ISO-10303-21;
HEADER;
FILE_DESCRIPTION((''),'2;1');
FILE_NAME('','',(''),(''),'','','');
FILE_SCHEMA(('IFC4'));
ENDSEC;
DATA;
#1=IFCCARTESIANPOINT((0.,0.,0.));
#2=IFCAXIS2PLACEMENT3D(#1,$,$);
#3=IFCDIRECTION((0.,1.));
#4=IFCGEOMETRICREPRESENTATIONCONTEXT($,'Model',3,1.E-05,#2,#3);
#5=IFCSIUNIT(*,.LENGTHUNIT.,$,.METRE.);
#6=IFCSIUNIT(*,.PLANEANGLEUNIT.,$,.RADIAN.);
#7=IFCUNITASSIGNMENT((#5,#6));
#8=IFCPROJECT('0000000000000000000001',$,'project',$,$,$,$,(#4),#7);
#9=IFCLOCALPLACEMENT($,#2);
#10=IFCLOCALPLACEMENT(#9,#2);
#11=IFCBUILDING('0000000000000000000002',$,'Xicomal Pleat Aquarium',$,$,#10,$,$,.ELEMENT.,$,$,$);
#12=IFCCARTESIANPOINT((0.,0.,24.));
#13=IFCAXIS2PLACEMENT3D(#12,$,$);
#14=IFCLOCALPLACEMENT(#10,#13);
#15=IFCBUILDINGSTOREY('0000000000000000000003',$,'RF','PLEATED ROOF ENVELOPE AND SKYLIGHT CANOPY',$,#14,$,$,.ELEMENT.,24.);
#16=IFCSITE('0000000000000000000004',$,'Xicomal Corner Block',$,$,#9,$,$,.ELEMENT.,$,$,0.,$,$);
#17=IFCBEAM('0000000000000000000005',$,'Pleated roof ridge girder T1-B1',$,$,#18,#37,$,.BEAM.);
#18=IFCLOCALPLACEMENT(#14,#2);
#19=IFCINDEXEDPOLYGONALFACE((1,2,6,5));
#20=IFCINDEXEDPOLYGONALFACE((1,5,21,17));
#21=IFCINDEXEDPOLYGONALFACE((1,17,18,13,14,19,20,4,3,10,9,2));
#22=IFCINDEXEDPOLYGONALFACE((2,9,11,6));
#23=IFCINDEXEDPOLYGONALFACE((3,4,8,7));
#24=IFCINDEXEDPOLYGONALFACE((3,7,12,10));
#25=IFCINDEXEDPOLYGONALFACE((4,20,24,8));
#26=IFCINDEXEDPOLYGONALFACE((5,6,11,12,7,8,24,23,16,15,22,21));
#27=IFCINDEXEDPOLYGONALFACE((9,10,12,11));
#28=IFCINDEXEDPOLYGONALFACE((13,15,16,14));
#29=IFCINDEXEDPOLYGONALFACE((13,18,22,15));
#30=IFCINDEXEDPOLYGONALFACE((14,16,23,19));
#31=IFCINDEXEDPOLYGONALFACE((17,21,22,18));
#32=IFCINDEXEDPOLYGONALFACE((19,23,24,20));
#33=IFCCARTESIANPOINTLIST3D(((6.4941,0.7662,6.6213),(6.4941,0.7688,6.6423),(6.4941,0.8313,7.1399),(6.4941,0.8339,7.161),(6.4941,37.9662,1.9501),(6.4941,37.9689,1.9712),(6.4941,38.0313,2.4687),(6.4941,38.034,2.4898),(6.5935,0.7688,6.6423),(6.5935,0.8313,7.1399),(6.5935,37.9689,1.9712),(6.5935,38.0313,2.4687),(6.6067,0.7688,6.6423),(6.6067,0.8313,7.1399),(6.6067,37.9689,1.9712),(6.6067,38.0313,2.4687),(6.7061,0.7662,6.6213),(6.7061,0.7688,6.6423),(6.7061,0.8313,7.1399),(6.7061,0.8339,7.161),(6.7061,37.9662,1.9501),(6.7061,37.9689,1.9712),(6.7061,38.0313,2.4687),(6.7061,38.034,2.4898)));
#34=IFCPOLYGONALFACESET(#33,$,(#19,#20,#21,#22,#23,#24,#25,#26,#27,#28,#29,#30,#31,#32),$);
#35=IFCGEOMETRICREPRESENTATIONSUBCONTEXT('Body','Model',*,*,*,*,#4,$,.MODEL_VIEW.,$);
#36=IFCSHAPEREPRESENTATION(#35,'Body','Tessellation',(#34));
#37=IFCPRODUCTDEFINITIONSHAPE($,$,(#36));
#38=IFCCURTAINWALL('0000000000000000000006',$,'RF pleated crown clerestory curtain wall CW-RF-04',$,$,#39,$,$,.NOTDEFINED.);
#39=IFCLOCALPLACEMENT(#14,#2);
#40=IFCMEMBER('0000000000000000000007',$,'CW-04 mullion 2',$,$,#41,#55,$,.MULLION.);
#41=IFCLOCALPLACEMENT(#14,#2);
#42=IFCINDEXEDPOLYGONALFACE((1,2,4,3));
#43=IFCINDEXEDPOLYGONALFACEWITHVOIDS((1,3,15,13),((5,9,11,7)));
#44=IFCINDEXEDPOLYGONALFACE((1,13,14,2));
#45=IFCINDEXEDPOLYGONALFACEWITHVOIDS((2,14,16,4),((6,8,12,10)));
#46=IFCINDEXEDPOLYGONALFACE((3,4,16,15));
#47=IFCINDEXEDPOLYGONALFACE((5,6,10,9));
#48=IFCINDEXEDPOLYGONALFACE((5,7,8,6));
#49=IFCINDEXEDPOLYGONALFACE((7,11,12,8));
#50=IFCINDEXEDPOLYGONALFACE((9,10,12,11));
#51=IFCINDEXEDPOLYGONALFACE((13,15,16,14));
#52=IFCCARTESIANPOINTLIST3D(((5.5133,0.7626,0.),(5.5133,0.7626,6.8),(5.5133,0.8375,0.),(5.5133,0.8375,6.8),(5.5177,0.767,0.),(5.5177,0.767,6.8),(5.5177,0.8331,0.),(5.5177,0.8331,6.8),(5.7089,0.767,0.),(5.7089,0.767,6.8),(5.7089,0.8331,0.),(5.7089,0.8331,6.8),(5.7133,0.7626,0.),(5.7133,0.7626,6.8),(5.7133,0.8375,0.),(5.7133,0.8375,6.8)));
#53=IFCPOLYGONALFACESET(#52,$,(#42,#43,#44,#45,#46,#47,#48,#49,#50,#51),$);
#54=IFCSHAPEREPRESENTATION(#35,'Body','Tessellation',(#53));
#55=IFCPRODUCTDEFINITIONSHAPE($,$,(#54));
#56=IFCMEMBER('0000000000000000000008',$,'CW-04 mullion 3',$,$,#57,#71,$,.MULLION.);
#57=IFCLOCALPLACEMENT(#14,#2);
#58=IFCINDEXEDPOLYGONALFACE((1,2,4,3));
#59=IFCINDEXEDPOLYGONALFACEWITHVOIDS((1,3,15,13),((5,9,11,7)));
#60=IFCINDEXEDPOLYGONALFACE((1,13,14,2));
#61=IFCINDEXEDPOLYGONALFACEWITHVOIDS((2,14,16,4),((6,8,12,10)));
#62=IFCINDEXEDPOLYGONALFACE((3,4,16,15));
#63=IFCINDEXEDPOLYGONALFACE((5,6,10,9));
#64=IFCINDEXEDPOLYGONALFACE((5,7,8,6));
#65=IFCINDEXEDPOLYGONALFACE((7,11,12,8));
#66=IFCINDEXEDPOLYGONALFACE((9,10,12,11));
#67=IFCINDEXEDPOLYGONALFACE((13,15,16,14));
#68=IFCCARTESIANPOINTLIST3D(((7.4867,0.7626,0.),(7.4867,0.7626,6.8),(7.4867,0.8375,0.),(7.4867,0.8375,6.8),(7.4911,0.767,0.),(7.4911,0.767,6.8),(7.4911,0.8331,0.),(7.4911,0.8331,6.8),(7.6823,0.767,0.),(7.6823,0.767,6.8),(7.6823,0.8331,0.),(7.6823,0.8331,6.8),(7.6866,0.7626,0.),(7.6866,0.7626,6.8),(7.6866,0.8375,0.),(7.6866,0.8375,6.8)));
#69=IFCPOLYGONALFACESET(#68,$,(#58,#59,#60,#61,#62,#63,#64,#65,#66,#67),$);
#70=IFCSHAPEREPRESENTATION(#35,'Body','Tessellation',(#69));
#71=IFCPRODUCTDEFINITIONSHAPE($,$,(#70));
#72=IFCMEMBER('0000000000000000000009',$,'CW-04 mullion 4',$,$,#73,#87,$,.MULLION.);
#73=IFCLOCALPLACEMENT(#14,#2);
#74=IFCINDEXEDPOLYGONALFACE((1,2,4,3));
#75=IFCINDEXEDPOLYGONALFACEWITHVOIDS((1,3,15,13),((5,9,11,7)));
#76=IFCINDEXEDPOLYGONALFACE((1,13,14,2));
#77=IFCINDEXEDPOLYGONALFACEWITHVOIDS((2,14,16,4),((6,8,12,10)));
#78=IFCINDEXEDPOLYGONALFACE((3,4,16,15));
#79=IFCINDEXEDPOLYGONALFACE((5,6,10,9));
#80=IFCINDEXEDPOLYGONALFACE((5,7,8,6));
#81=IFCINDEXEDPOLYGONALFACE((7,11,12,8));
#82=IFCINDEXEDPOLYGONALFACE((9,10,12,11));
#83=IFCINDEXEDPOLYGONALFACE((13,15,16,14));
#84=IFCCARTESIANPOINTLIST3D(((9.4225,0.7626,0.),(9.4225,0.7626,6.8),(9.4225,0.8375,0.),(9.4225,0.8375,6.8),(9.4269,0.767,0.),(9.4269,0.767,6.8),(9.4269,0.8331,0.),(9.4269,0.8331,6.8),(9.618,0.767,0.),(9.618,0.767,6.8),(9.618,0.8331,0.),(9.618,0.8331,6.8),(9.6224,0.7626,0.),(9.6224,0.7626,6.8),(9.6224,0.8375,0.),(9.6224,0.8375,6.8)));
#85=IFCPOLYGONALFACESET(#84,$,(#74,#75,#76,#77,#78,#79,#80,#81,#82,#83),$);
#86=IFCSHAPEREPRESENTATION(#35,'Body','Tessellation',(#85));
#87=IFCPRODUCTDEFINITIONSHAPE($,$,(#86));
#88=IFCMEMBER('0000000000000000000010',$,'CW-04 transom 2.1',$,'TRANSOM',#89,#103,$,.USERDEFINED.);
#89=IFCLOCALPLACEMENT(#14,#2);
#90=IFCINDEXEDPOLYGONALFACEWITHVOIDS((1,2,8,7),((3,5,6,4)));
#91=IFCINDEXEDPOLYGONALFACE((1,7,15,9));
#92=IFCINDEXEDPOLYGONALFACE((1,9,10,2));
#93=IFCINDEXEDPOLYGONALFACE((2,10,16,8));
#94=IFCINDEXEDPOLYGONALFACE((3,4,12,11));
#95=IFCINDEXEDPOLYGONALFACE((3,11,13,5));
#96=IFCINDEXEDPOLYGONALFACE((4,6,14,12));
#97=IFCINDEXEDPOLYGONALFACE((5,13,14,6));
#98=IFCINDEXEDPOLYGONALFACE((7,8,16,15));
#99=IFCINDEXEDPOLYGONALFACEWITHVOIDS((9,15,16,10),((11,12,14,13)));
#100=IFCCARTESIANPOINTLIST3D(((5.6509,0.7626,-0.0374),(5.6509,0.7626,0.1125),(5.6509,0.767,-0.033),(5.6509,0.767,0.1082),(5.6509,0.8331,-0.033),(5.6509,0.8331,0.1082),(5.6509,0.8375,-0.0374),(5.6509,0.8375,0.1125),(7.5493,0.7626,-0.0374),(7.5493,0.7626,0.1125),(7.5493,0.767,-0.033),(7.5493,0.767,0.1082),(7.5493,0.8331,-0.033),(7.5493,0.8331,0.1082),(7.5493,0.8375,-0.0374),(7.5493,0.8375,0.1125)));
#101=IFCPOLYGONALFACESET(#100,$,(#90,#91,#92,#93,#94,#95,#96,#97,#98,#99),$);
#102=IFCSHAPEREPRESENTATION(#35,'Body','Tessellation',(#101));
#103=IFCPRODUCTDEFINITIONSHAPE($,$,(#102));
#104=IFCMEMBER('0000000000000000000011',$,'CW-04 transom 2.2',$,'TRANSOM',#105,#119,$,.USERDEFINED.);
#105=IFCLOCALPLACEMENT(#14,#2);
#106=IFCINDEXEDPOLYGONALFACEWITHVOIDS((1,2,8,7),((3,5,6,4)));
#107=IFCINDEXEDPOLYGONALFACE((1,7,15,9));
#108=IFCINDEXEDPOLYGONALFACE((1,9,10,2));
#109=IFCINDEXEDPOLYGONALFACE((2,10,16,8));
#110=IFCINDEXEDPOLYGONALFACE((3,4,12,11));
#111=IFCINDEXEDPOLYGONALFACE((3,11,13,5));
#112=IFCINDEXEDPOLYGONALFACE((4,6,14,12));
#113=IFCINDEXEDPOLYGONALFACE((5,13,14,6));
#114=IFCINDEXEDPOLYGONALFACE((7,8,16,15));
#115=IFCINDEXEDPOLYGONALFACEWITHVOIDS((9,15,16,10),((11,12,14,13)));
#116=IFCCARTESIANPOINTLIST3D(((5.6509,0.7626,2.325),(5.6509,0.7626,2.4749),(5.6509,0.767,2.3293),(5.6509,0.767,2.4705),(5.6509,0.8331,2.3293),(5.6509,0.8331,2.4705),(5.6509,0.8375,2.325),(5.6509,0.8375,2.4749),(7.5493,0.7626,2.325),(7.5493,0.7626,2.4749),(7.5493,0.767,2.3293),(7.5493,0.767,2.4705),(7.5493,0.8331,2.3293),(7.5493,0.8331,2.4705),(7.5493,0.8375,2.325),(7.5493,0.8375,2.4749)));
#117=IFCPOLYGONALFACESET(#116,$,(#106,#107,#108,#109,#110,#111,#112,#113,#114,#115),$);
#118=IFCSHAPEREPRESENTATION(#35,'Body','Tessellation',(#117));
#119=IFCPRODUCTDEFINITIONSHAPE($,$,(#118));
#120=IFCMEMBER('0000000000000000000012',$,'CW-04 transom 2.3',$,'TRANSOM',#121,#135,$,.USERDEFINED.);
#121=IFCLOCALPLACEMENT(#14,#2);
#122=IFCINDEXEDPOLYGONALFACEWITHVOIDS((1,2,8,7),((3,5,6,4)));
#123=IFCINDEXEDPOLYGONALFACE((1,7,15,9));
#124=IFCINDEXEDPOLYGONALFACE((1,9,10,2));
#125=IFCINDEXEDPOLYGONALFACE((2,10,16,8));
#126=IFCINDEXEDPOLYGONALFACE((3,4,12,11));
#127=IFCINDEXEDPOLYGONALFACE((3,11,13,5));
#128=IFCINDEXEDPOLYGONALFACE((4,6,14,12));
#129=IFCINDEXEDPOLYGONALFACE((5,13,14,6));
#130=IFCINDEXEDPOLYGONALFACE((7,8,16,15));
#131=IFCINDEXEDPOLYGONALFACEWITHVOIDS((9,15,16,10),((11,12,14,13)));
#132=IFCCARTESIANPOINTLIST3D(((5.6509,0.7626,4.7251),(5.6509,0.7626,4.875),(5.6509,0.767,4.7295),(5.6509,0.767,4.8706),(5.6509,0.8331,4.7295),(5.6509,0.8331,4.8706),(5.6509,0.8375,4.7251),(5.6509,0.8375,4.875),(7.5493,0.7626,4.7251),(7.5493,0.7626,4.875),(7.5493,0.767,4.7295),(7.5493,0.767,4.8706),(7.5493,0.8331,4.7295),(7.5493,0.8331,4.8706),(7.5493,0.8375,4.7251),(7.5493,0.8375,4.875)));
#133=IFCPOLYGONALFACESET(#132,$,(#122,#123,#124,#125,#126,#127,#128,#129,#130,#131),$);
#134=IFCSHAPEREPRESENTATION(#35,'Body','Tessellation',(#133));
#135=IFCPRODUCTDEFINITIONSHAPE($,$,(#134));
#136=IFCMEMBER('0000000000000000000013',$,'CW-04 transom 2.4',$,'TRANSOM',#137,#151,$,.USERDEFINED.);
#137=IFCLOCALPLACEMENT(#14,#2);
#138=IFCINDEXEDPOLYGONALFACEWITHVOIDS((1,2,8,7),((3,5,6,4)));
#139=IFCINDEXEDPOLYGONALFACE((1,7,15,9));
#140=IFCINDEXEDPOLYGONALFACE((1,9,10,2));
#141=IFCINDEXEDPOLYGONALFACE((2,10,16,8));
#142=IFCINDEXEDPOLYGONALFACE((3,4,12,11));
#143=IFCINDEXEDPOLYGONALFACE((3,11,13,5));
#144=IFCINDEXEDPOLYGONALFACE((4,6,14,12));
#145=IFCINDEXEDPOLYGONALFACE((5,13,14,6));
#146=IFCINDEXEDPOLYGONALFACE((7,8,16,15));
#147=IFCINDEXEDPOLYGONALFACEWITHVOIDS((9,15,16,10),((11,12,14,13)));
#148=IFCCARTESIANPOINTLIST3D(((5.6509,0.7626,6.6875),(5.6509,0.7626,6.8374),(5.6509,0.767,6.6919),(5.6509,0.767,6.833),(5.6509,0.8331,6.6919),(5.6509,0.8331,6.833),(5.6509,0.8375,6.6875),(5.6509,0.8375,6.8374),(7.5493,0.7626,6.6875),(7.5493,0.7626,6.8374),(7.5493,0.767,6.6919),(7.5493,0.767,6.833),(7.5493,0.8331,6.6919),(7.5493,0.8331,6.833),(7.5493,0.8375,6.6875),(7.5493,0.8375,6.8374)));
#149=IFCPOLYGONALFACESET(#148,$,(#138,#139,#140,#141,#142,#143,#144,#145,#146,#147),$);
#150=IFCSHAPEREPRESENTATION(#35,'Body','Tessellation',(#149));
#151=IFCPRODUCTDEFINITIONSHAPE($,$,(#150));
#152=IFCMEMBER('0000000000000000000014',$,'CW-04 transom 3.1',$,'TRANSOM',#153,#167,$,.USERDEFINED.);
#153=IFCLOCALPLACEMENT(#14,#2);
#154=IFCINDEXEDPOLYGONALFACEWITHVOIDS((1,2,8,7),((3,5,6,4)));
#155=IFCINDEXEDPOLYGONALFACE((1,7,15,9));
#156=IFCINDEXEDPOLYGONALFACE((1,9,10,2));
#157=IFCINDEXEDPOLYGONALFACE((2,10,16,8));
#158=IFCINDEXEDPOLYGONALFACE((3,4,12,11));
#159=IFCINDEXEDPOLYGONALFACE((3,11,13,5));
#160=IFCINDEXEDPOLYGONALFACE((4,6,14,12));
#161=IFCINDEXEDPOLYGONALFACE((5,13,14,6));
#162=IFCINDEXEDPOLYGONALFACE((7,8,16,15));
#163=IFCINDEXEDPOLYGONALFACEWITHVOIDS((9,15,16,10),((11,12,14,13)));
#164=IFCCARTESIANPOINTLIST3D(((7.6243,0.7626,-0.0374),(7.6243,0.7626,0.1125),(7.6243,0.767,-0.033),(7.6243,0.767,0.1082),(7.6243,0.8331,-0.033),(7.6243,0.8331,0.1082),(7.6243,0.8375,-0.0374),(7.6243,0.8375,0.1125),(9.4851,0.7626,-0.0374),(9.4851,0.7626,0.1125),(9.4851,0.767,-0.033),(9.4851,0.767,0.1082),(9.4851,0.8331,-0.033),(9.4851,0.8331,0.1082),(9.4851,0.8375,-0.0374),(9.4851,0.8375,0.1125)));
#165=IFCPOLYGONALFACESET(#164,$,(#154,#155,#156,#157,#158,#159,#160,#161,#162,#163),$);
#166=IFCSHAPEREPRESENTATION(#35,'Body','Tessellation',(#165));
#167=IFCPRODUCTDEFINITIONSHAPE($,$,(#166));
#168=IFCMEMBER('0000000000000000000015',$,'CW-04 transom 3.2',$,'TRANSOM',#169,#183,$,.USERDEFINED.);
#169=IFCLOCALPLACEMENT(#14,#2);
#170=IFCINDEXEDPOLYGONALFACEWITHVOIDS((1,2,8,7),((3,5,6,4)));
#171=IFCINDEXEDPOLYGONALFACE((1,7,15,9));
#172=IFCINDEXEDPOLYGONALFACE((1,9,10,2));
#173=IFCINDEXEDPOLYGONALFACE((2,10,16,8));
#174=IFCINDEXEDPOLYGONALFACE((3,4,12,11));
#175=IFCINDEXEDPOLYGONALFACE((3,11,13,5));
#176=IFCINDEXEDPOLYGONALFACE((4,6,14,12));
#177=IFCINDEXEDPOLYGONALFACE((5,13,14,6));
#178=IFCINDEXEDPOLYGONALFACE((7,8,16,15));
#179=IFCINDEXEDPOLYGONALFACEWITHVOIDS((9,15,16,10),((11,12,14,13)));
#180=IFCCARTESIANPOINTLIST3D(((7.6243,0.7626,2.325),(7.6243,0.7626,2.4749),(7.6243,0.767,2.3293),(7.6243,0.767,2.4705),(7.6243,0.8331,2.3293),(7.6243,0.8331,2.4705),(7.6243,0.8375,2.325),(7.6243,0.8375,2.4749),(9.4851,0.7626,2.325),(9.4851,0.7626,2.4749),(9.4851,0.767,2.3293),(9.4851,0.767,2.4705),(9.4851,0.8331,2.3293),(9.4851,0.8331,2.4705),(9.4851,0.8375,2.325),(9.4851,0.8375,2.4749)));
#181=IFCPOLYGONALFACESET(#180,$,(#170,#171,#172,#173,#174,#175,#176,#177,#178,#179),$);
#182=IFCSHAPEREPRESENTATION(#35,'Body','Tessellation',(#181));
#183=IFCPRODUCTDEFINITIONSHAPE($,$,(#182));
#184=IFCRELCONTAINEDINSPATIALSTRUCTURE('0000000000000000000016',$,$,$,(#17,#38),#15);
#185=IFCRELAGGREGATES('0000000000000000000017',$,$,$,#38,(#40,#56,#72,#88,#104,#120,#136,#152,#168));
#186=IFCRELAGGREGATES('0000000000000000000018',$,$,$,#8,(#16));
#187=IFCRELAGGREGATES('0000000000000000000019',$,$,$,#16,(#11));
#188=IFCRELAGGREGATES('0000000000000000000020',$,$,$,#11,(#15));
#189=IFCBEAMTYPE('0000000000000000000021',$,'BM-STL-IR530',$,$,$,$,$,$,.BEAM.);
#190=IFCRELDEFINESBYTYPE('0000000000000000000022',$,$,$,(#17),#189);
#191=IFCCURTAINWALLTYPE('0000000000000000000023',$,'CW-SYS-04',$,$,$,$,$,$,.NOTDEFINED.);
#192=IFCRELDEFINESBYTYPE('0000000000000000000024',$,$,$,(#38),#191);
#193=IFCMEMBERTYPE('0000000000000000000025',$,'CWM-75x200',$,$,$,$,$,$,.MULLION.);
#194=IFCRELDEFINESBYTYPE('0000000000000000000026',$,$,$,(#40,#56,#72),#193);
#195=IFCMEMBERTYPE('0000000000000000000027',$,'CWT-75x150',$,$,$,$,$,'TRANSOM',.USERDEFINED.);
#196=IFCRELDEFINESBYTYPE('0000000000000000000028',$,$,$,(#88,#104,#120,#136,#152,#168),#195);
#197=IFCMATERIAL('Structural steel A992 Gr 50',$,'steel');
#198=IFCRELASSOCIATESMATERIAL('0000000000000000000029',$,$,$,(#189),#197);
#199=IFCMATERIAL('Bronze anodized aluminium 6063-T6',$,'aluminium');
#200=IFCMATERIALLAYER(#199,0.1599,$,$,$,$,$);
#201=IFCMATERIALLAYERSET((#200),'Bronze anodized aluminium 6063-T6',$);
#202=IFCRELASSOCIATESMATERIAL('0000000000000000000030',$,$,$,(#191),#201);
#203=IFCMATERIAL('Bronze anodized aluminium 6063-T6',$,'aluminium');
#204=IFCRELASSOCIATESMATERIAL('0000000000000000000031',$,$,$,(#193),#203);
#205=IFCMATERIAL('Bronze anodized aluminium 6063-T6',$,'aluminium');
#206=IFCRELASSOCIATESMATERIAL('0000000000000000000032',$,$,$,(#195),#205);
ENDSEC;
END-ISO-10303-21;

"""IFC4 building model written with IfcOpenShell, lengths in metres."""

from ifc_helpers import new_model, si_unit, direction, frame, origin, origin_2d, place, context, subcontext, project, spatial, hollow_rectangle, i_section, extrude, material, layer, layer_set, material_profile, profile_set, type_object, element, aggregate, save


model = new_model("IFC4")

# Units and contexts
model_context = context("Model", 3, precision=1e-05, world=origin(), true_north=direction((0.0, 1.0)))
body_context = subcontext(model_context, "Body", "Model", "MODEL_VIEW")
ifc_project = project(units=[si_unit("LENGTHUNIT", "METRE"), si_unit("PLANEANGLEUNIT", "RADIAN")], contexts=[model_context])

# Site, building, storey
site_placement = place(None, origin())
site = spatial("IfcSite", under=ifc_project, at=site_placement, Name="Xicomal Corner Block", CompositionType="ELEMENT", RefElevation=0.0)
building_placement = place(site_placement, origin())
building = spatial("IfcBuilding", under=site, at=building_placement, Name="Xicomal Pleat Aquarium", CompositionType="ELEMENT")
storey_placement = place(building_placement, frame((0.0, 0.0, 24.0)))
storey = spatial("IfcBuildingStorey", under=building, at=storey_placement, Name="RF", Description="PLEATED ROOF ENVELOPE AND SKYLIGHT CANOPY", CompositionType="ELEMENT", Elevation=24.0)

# Beam
ifc_material_1 = material(Name="Structural steel A992 Gr 50", Category="steel")
ifc_material_profile_1 = material_profile(ifc_material_1, i_section(OverallWidth=0.2119, OverallDepth=0.5439, WebThickness=0.0132, FlangeThickness=0.0212, at=origin_2d()), Name="IR 530x123")
ifc_profile_set_1 = profile_set([ifc_material_profile_1], Name="Structural steel A992 Gr 50")
beam_type = type_object("IfcBeamType", Name="BM-STL-IR530", PredefinedType="BEAM", material=ifc_profile_set_1)
beam_placement = place(storey_placement, frame((6.6001, 0.8, 6.8911), z_axis=(0.0, 0.992208, -0.12459), x_axis=(-1.0, 0.0, 0.0)))
element("IfcBeam", 1, at=beam_placement, inside=storey, type_object=beam_type, Name="Pleated roof ridge girder T1-B1", PredefinedType="BEAM", context=body_context, shape_type="SweptSolid", body=[
    extrude(i_section(OverallWidth=0.2119, OverallDepth=0.5439, WebThickness=0.0132, FlangeThickness=0.0212, at=origin_2d()), origin(), (0.0, 0.0, 1.0), 37.4922),
])

# Curtain wall, members
ifc_material_2 = material(Name="Bronze anodized aluminium 6063-T6", Category="aluminium")
ifc_layer_1 = layer(ifc_material_2, 0.1599)
ifc_layer_set_1 = layer_set([ifc_layer_1], Name="Bronze anodized aluminium 6063-T6")
curtain_wall_type = type_object("IfcCurtainWallType", Name="CW-SYS-04", PredefinedType="NOTDEFINED", material=ifc_layer_set_1)
curtain_wall_placement = place(storey_placement, origin())
curtain_wall = element("IfcCurtainWall", 2, at=curtain_wall_placement, inside=storey, type_object=curtain_wall_type, Name="RF pleated crown clerestory curtain wall CW-RF-04", PredefinedType="NOTDEFINED")
ifc_material_3 = material(Name="Bronze anodized aluminium 6063-T6", Category="aluminium")
ifc_material_profile_2 = material_profile(ifc_material_3, hollow_rectangle(XDim=0.075, YDim=0.2, WallThickness=0.0044, at=origin_2d()), Name="ALU MULL 75x200")
ifc_profile_set_2 = profile_set([ifc_material_profile_2], Name="Bronze anodized aluminium 6063-T6")
member_type_1 = type_object("IfcMemberType", Name="CWM-75x200", PredefinedType="MULLION", material=ifc_profile_set_2)
member_1_placement = place(storey_placement, frame((5.6133, 0.8, 0.0), z_axis=(0.0, 0.0, 1.0), x_axis=(0.0, 1.0, 0.0)))
member_1 = element("IfcMember", 3, at=member_1_placement, type_object=member_type_1, Name="CW-04 mullion 2", PredefinedType="MULLION", context=body_context, shape_type="SweptSolid", body=[
    extrude(hollow_rectangle(XDim=0.075, YDim=0.2, WallThickness=0.0044, at=origin_2d()), origin(), (0.0, 0.0, 1.0), 6.8),
])
member_2_placement = place(storey_placement, frame((7.5867, 0.8, 0.0), z_axis=(0.0, 0.0, 1.0), x_axis=(0.0, 1.0, 0.0)))
member_2 = element("IfcMember", 4, at=member_2_placement, type_object=member_type_1, Name="CW-04 mullion 3", PredefinedType="MULLION", context=body_context, shape_type="SweptSolid", body=[
    extrude(hollow_rectangle(XDim=0.075, YDim=0.2, WallThickness=0.0044, at=origin_2d()), origin(), (0.0, 0.0, 1.0), 6.8),
])
member_3_placement = place(storey_placement, frame((9.5225, 0.8, 0.0), z_axis=(0.0, 0.0, 1.0), x_axis=(0.0, 1.0, 0.0)))
member_3 = element("IfcMember", 5, at=member_3_placement, type_object=member_type_1, Name="CW-04 mullion 4", PredefinedType="MULLION", context=body_context, shape_type="SweptSolid", body=[
    extrude(hollow_rectangle(XDim=0.075, YDim=0.2, WallThickness=0.0044, at=origin_2d()), origin(), (0.0, 0.0, 1.0), 6.8),
])
ifc_material_4 = material(Name="Bronze anodized aluminium 6063-T6", Category="aluminium")
ifc_material_profile_3 = material_profile(ifc_material_4, hollow_rectangle(XDim=0.075, YDim=0.1499, WallThickness=0.0044, at=origin_2d()), Name="ALU TRAN 75x150")
ifc_profile_set_3 = profile_set([ifc_material_profile_3], Name="Bronze anodized aluminium 6063-T6")
member_type_2 = type_object("IfcMemberType", Name="CWT-75x150", ElementType="TRANSOM", PredefinedType="USERDEFINED", material=ifc_profile_set_3)
member_4_placement = place(storey_placement, frame((5.6509, 0.8, 0.0376), z_axis=(1.0, 0.0, 0.0), x_axis=(0.0, 1.0, 0.0)))
member_4 = element("IfcMember", 6, at=member_4_placement, type_object=member_type_2, Name="CW-04 transom 2.1", ObjectType="TRANSOM", PredefinedType="USERDEFINED", context=body_context, shape_type="SweptSolid", body=[
    extrude(hollow_rectangle(XDim=0.075, YDim=0.1499, WallThickness=0.0044, at=origin_2d()), origin(), (0.0, 0.0, 1.0), 1.8984),
])
member_5_placement = place(storey_placement, frame((5.6509, 0.8, 2.3999), z_axis=(1.0, 0.0, 0.0), x_axis=(0.0, 1.0, 0.0)))
member_5 = element("IfcMember", 7, at=member_5_placement, type_object=member_type_2, Name="CW-04 transom 2.2", ObjectType="TRANSOM", PredefinedType="USERDEFINED", context=body_context, shape_type="SweptSolid", body=[
    extrude(hollow_rectangle(XDim=0.075, YDim=0.1499, WallThickness=0.0044, at=origin_2d()), origin(), (0.0, 0.0, 1.0), 1.8984),
])
member_6_placement = place(storey_placement, frame((5.6509, 0.8, 4.8), z_axis=(1.0, 0.0, 0.0), x_axis=(0.0, 1.0, 0.0)))
member_6 = element("IfcMember", 8, at=member_6_placement, type_object=member_type_2, Name="CW-04 transom 2.3", ObjectType="TRANSOM", PredefinedType="USERDEFINED", context=body_context, shape_type="SweptSolid", body=[
    extrude(hollow_rectangle(XDim=0.075, YDim=0.1499, WallThickness=0.0044, at=origin_2d()), origin(), (0.0, 0.0, 1.0), 1.8984),
])
member_7_placement = place(storey_placement, frame((5.6509, 0.8, 6.7625), z_axis=(1.0, 0.0, 0.0), x_axis=(0.0, 1.0, 0.0)))
member_7 = element("IfcMember", 9, at=member_7_placement, type_object=member_type_2, Name="CW-04 transom 2.4", ObjectType="TRANSOM", PredefinedType="USERDEFINED", context=body_context, shape_type="SweptSolid", body=[
    extrude(hollow_rectangle(XDim=0.075, YDim=0.1499, WallThickness=0.0044, at=origin_2d()), origin(), (0.0, 0.0, 1.0), 1.8984),
])
member_8_placement = place(storey_placement, frame((7.6243, 0.8, 0.0376), z_axis=(1.0, 0.0, 0.0), x_axis=(0.0, 1.0, 0.0)))
member_8 = element("IfcMember", 10, at=member_8_placement, type_object=member_type_2, Name="CW-04 transom 3.1", ObjectType="TRANSOM", PredefinedType="USERDEFINED", context=body_context, shape_type="SweptSolid", body=[
    extrude(hollow_rectangle(XDim=0.075, YDim=0.1499, WallThickness=0.0044, at=origin_2d()), origin(), (0.0, 0.0, 1.0), 1.8608),
])
member_9_placement = place(storey_placement, frame((7.6243, 0.8, 2.3999), z_axis=(1.0, 0.0, 0.0), x_axis=(0.0, 1.0, 0.0)))
member_9 = element("IfcMember", 11, at=member_9_placement, type_object=member_type_2, Name="CW-04 transom 3.2", ObjectType="TRANSOM", PredefinedType="USERDEFINED", context=body_context, shape_type="SweptSolid", body=[
    extrude(hollow_rectangle(XDim=0.075, YDim=0.1499, WallThickness=0.0044, at=origin_2d()), origin(), (0.0, 0.0, 1.0), 1.8608),
])

aggregate(curtain_wall, [member_1, member_2, member_3, member_4, member_5, member_6, member_7, member_8, member_9])

save(model, "model.ifc")
